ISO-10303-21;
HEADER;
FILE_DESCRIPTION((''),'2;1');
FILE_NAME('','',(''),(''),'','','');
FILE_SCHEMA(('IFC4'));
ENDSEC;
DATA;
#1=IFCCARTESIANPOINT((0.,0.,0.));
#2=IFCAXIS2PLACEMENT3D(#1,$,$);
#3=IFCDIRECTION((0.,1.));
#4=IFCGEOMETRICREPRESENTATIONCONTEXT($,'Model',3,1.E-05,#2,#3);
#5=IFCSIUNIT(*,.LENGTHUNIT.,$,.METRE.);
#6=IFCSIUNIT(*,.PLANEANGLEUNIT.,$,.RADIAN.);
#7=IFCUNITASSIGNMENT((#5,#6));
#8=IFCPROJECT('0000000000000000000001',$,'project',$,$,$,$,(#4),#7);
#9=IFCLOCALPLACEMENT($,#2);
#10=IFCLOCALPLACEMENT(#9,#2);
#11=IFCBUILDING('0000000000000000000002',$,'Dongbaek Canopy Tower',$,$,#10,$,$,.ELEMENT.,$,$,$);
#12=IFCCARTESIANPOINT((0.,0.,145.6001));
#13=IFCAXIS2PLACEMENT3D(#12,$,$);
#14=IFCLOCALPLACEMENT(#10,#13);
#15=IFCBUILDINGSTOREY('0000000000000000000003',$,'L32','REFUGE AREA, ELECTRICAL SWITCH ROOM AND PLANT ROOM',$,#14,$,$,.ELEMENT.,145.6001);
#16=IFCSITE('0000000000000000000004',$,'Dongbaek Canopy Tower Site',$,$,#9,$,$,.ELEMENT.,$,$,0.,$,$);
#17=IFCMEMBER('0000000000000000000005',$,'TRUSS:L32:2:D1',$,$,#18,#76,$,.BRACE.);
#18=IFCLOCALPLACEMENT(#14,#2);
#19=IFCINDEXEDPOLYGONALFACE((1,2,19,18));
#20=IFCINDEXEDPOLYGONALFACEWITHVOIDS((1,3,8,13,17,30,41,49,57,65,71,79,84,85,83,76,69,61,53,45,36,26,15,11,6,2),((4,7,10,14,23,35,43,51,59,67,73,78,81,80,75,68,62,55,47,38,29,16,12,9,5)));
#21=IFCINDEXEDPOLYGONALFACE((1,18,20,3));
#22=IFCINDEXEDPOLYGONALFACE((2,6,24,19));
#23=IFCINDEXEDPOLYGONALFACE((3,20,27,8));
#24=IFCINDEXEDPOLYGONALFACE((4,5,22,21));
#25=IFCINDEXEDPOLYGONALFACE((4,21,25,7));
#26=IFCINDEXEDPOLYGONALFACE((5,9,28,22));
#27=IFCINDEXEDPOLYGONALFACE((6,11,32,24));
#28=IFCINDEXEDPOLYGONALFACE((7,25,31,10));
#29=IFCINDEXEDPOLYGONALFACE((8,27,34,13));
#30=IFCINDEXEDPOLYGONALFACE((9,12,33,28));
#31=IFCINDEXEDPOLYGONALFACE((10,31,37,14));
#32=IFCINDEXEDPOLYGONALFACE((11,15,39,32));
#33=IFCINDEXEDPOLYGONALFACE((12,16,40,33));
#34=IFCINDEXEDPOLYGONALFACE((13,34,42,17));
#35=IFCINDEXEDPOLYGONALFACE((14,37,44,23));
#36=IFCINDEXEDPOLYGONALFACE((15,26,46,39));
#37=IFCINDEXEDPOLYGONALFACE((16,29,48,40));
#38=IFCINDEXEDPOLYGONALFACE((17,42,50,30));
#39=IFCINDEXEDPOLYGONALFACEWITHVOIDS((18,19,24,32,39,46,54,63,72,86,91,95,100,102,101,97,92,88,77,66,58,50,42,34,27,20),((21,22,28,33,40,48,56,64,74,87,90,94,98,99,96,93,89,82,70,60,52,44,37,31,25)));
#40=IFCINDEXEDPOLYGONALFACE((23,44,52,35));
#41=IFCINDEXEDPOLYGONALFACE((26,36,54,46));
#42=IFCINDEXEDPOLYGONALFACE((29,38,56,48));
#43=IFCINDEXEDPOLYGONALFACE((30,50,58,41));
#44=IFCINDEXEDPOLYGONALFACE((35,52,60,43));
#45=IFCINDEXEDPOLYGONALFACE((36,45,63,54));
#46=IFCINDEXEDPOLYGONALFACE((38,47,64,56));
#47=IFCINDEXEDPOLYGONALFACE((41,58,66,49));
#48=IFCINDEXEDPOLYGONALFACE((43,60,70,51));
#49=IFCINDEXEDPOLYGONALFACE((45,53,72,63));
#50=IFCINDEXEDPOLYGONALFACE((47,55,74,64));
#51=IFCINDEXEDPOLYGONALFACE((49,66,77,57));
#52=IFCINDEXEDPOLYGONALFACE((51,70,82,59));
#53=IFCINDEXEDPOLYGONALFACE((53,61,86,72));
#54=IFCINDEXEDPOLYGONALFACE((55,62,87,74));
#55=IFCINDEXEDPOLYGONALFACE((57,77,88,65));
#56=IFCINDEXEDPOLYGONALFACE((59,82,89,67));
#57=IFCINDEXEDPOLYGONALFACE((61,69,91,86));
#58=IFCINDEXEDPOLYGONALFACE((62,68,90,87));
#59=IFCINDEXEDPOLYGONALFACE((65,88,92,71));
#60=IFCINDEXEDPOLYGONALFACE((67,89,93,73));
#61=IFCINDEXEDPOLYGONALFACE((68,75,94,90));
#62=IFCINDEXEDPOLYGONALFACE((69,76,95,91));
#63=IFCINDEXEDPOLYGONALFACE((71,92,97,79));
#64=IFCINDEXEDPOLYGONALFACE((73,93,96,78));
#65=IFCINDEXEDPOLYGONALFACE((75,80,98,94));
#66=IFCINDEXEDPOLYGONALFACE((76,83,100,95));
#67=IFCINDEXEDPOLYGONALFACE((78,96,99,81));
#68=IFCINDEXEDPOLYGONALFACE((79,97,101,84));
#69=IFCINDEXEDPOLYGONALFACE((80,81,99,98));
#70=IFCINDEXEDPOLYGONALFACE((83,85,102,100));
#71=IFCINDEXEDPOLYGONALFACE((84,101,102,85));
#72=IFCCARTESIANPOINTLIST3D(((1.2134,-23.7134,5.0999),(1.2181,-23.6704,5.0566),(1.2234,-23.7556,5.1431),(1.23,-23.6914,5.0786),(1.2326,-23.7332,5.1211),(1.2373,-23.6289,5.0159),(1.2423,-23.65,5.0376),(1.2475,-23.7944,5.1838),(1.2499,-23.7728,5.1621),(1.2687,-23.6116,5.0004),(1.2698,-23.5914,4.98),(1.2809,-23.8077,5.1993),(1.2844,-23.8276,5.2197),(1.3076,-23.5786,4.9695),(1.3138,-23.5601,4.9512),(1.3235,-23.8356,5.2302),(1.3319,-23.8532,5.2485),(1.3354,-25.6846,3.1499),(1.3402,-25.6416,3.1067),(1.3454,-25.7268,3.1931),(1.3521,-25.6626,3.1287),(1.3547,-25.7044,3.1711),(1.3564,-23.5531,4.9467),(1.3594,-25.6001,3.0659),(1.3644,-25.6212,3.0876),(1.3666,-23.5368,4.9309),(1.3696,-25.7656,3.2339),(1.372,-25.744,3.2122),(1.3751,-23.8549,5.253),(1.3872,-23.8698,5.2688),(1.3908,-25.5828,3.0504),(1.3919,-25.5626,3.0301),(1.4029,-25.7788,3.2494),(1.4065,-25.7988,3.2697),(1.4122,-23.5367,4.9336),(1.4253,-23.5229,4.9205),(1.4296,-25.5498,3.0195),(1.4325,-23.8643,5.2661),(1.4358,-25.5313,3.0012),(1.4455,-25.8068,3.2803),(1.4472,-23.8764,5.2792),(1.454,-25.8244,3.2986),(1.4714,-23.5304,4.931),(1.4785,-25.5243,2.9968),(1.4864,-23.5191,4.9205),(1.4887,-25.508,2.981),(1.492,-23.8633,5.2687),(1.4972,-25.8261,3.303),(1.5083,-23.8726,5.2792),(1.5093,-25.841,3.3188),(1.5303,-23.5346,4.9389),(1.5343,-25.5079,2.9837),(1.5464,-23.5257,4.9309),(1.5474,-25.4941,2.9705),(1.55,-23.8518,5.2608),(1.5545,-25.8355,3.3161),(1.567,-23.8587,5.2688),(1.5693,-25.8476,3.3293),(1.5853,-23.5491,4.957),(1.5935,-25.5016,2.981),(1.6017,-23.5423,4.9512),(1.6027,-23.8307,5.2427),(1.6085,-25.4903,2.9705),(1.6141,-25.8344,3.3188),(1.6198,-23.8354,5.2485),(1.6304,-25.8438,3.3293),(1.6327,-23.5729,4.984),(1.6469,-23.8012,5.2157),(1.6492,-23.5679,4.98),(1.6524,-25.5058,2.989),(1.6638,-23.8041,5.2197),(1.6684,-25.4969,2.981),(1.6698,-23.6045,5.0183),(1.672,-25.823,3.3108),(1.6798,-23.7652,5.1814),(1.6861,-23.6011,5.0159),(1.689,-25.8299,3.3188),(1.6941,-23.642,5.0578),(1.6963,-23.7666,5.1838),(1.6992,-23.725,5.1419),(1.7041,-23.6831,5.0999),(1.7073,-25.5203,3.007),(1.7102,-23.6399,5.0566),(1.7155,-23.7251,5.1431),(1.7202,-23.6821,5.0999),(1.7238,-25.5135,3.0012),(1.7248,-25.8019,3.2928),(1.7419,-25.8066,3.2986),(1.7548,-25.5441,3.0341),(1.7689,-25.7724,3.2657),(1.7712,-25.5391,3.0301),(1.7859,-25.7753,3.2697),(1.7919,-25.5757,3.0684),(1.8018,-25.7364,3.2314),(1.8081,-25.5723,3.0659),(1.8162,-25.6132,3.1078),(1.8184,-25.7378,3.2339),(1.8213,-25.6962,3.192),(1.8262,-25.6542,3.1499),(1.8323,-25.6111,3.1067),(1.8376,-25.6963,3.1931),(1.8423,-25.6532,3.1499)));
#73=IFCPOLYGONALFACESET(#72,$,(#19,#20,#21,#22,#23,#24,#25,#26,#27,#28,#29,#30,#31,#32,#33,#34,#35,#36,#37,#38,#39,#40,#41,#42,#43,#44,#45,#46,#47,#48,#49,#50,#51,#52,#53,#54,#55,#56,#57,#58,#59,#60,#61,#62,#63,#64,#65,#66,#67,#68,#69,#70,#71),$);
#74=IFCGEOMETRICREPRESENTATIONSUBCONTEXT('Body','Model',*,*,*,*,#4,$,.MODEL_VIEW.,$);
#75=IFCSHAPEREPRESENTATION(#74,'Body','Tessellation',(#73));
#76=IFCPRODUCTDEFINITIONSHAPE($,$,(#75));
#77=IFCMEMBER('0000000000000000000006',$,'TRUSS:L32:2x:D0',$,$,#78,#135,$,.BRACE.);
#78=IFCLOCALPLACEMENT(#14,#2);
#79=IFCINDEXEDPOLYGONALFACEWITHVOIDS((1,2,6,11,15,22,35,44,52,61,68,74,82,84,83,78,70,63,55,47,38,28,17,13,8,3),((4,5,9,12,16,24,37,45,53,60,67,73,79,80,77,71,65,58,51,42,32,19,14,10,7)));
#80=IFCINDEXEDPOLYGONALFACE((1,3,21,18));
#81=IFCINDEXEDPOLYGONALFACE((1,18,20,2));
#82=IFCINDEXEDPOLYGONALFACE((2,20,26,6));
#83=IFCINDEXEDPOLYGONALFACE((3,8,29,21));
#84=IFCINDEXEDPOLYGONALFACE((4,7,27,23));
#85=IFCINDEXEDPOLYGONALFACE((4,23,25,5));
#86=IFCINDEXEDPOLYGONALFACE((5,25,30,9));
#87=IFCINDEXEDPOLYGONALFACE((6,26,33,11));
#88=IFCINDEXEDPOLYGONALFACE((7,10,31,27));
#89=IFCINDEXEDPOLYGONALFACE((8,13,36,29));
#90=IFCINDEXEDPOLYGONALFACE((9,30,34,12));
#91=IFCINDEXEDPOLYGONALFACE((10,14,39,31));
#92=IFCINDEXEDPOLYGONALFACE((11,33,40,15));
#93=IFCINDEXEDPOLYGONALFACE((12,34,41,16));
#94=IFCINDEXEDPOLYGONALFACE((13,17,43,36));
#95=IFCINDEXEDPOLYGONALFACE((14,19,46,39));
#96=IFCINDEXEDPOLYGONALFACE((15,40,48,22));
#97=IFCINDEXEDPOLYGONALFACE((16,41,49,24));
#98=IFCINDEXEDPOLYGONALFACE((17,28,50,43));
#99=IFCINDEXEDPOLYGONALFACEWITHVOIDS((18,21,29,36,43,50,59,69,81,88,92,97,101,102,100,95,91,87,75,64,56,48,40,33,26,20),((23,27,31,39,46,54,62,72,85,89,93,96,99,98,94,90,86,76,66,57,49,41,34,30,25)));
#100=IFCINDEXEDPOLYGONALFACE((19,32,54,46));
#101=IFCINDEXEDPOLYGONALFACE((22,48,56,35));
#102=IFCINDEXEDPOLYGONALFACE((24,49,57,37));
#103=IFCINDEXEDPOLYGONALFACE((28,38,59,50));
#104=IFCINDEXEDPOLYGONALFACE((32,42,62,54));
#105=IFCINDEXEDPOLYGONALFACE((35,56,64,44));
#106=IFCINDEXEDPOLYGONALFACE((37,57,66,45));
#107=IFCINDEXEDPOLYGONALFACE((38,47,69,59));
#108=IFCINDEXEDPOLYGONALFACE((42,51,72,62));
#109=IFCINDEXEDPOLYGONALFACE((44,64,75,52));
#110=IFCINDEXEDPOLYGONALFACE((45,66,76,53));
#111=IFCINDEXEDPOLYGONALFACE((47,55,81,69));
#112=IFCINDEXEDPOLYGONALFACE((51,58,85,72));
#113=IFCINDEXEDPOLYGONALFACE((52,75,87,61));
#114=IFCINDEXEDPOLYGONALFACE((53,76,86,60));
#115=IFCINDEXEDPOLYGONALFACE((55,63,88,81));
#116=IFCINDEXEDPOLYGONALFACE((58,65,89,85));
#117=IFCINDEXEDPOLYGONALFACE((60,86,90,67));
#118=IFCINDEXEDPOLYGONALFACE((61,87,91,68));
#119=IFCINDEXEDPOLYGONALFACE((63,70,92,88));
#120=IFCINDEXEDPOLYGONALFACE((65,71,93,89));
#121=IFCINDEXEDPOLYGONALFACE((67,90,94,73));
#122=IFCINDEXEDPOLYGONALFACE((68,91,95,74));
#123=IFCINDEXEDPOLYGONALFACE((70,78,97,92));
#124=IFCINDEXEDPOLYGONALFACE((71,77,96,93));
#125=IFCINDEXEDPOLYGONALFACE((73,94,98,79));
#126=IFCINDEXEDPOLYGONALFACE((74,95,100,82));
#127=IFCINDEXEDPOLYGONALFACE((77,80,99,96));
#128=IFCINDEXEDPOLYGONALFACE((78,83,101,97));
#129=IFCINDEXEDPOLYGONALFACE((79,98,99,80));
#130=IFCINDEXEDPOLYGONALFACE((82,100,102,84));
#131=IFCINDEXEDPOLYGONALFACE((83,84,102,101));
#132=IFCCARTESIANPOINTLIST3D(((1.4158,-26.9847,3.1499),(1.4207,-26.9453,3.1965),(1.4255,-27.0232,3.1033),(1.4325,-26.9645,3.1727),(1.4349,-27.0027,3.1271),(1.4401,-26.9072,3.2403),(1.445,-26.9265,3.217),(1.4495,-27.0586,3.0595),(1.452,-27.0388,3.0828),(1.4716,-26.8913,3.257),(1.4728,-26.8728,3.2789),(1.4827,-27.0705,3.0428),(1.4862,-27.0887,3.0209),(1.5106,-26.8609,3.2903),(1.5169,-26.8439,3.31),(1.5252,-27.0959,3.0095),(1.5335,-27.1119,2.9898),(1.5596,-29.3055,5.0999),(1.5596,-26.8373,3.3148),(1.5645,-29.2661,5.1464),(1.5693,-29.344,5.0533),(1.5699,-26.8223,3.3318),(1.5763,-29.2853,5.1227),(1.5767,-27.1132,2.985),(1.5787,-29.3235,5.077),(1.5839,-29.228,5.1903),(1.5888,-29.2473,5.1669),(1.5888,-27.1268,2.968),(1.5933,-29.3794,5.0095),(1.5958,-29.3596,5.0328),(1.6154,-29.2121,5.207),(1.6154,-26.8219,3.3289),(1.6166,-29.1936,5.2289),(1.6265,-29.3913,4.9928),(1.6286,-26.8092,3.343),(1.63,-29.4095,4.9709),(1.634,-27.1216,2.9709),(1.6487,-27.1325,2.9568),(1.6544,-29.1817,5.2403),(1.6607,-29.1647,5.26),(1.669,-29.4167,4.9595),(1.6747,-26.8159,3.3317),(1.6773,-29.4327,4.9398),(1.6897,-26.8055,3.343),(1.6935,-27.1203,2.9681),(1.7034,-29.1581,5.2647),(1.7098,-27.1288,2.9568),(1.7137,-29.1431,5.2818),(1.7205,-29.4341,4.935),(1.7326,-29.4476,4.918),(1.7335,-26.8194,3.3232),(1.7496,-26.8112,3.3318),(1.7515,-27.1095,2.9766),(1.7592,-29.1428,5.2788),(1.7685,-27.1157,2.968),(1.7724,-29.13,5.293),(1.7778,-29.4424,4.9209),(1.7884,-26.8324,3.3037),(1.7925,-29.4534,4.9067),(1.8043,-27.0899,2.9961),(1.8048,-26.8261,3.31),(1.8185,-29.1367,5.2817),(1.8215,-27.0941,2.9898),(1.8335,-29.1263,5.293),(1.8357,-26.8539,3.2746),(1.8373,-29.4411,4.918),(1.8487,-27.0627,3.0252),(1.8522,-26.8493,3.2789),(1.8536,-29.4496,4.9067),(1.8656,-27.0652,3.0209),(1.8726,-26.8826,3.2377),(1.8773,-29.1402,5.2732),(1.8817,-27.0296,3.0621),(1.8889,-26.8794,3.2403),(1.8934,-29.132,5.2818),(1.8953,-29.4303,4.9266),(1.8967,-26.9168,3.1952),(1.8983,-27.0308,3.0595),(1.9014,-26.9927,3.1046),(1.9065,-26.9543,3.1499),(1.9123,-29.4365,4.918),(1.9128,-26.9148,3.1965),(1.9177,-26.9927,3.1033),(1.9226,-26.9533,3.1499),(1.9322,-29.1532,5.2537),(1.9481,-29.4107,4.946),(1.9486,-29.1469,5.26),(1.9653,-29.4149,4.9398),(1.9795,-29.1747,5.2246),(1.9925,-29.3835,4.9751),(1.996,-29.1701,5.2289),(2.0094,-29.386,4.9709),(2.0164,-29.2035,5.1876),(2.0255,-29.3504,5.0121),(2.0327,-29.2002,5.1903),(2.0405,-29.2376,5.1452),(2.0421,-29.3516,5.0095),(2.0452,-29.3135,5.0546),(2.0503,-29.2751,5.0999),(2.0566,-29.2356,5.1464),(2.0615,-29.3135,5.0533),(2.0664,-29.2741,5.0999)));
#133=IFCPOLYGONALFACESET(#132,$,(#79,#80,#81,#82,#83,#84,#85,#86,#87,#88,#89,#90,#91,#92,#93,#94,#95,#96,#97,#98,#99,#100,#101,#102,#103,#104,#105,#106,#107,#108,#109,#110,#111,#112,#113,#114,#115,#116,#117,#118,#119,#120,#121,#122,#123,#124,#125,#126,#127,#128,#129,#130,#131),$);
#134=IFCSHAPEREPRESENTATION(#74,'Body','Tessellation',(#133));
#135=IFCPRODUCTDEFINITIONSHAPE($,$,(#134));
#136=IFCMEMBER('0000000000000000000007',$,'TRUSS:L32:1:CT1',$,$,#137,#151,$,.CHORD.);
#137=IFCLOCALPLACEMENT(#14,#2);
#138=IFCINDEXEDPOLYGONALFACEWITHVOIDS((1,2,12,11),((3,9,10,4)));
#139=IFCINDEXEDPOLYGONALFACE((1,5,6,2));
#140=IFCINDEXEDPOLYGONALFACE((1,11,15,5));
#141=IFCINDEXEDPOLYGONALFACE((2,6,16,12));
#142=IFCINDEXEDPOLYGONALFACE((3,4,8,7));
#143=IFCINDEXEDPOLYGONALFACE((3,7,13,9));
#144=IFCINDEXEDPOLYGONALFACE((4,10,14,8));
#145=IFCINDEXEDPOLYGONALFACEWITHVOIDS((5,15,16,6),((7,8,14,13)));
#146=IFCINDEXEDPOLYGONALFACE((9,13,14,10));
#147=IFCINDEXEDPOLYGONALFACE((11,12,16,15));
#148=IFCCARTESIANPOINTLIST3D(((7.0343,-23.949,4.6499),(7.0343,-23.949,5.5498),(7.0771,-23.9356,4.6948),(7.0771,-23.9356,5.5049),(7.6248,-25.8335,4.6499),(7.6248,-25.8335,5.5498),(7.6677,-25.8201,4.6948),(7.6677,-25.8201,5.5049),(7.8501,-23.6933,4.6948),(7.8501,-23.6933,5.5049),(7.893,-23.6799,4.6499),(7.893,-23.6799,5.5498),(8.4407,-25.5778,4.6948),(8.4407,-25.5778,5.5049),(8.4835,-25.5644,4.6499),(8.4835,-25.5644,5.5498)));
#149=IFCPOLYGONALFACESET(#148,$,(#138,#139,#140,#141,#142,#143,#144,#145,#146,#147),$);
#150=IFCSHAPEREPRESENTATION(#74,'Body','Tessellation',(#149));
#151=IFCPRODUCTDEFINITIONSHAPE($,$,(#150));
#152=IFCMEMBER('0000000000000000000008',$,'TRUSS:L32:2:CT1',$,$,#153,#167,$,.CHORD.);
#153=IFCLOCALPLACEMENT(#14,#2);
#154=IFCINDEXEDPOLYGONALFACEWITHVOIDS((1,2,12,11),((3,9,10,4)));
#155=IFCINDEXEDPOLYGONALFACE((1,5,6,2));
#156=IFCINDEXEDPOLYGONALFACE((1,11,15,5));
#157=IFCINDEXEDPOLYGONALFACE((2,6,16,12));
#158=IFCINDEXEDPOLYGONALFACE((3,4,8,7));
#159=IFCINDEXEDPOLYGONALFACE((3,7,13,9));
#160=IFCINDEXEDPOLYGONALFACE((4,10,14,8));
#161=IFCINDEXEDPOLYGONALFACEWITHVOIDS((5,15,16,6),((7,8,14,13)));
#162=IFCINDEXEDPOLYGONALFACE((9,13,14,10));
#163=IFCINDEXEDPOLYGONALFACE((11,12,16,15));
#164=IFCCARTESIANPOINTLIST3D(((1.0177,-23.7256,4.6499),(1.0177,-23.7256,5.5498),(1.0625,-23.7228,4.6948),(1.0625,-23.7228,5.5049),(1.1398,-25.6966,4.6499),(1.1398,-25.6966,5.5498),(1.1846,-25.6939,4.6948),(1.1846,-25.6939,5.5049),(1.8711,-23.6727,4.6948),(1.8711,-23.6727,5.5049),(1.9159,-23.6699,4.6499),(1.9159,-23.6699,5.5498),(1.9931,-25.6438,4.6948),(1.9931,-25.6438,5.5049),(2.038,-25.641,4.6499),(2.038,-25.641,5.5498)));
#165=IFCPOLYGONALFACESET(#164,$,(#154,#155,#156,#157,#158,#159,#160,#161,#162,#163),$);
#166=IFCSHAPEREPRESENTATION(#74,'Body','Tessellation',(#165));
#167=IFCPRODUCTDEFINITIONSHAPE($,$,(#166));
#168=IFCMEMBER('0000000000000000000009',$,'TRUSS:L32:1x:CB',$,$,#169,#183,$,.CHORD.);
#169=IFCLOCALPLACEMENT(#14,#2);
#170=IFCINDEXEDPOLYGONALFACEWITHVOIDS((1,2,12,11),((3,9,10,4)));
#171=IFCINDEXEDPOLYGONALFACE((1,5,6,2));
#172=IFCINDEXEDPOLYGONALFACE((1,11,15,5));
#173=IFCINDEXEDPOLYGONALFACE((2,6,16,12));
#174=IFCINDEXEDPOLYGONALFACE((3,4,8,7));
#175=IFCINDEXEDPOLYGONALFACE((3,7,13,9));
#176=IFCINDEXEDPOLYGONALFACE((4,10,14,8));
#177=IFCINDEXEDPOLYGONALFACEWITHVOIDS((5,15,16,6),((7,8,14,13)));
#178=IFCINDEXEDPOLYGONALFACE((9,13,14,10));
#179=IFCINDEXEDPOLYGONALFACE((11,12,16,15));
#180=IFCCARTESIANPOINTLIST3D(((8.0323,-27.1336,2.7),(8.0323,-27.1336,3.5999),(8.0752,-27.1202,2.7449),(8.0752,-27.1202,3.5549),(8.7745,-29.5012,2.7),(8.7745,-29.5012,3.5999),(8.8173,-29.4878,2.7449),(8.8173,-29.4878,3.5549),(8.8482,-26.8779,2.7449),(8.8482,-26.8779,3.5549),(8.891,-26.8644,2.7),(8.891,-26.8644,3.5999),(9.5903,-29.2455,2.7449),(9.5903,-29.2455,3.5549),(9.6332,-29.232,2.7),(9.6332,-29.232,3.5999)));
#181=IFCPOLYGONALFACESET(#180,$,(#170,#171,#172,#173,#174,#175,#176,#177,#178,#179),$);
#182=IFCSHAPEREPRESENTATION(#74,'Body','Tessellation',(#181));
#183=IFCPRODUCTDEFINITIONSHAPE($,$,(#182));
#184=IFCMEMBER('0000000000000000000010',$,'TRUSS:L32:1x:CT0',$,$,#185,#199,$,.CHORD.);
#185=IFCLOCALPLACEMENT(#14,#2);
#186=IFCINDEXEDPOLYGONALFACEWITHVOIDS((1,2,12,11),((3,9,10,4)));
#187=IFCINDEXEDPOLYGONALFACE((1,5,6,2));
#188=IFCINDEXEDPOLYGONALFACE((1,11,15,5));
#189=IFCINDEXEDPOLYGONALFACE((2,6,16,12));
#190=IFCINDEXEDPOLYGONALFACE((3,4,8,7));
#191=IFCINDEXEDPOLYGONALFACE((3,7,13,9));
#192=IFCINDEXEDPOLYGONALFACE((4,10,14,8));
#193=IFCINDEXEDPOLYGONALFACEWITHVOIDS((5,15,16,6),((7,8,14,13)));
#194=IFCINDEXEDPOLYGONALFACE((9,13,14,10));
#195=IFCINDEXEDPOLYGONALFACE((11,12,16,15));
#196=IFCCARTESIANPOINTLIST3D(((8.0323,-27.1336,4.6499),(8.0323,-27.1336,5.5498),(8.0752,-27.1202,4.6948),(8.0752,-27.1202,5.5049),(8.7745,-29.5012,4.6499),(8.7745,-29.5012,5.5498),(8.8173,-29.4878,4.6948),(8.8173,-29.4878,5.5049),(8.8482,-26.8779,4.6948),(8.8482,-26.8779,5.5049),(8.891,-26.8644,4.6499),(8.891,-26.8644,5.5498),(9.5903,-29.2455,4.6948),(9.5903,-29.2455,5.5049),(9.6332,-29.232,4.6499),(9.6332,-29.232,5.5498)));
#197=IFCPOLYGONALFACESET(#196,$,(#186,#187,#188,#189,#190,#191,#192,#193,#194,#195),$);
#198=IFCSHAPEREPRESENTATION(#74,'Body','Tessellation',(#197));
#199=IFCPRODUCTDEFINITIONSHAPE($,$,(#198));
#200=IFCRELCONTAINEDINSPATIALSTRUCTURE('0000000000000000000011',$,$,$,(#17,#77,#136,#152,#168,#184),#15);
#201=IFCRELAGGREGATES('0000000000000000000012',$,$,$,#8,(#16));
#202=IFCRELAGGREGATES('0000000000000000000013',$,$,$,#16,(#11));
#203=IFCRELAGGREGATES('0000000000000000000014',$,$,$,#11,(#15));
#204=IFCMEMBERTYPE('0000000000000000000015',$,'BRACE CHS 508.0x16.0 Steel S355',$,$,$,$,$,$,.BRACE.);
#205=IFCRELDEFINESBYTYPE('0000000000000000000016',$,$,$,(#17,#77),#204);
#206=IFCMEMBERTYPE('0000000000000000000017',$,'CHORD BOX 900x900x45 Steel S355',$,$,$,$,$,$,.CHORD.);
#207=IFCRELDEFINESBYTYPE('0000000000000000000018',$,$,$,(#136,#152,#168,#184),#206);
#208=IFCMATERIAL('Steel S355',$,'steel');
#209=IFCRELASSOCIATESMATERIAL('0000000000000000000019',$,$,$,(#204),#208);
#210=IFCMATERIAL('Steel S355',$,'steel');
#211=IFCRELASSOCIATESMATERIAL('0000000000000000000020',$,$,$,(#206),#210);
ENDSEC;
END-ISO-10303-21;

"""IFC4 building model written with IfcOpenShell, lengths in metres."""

from ifc_helpers import new_model, si_unit, direction, frame, origin, origin_2d, place, context, subcontext, project, spatial, hollow_rectangle, hollow_circle, extrude, material, material_profile, profile_set, type_object, element, save


model = new_model("IFC4")

# Units and contexts
model_context = context("Model", 3, precision=1e-05, world=origin(), true_north=direction((0.0, 1.0)))
body_context = subcontext(model_context, "Body", "Model", "MODEL_VIEW")
ifc_project = project(units=[si_unit("LENGTHUNIT", "METRE"), si_unit("PLANEANGLEUNIT", "RADIAN")], contexts=[model_context])

# Site, building, storey
site_placement = place(None, origin())
site = spatial("IfcSite", under=ifc_project, at=site_placement, Name="Dongbaek Canopy Tower Site", CompositionType="ELEMENT", RefElevation=0.0)
building_placement = place(site_placement, origin())
building = spatial("IfcBuilding", under=site, at=building_placement, Name="Dongbaek Canopy Tower", CompositionType="ELEMENT")
storey_placement = place(building_placement, frame((0.0, 0.0, 145.6001)))
storey = spatial("IfcBuildingStorey", under=building, at=storey_placement, Name="L32", Description="REFUGE AREA, ELECTRICAL SWITCH ROOM AND PLANT ROOM", CompositionType="ELEMENT", Elevation=145.6001)

# Members
ifc_material_1 = material(Name="Steel S355", Category="steel")
ifc_material_profile_1 = material_profile(ifc_material_1, hollow_circle(Radius=0.2539, WallThickness=0.0161, at=origin_2d()), Name="BRACE CHS 508.0x16.0 Steel S355")
ifc_profile_set_1 = profile_set([ifc_material_profile_1], Name="Steel S355")
member_type_1 = type_object("IfcMemberType", Name="BRACE CHS 508.0x16.0 Steel S355", PredefinedType="BRACE", material=ifc_profile_set_1)
for number, where, z_axis, x_axis, name in (
    (1, (1.4668, -23.6978, 5.0999), (0.043983, -0.710239, -0.702586), (0.998088, 0.061809, 0.0), "TRUSS:L32:2:D1"),
):
    element("IfcMember", number, at=place(storey_placement, frame(where, z_axis=z_axis, x_axis=x_axis)), inside=storey, type_object=member_type_1, Name=name, PredefinedType="BRACE", context=body_context, shape_type="SweptSolid", body=[
        extrude(hollow_circle(Radius=0.2539, WallThickness=0.0161, at=origin_2d()), origin(), (0.0, 0.0, 1.0), 2.7754),
    ])
member_1_placement = place(storey_placement, frame((1.6692, -26.969, 3.1499), z_axis=(0.047386, -0.764767, 0.642562), x_axis=(0.998086, 0.061842, 0.0)))
element("IfcMember", 2, at=member_1_placement, inside=storey, type_object=member_type_1, Name="TRUSS:L32:2x:D0", PredefinedType="BRACE", context=body_context, shape_type="SweptSolid", body=[
    extrude(hollow_circle(Radius=0.2539, WallThickness=0.0161, at=origin_2d()), origin(), (0.0, 0.0, 1.0), 3.0347),
])
ifc_material_2 = material(Name="Steel S355", Category="steel")
ifc_material_profile_2 = material_profile(ifc_material_2, hollow_rectangle(XDim=0.8999, YDim=0.8999, WallThickness=0.0449, at=origin_2d()), Name="CHORD BOX 900x900x45 Steel S355")
ifc_profile_set_2 = profile_set([ifc_material_profile_2], Name="Steel S355")
member_type_2 = type_object("IfcMemberType", Name="CHORD BOX 900x900x45 Steel S355", PredefinedType="CHORD", material=ifc_profile_set_2)
for number, where, z_axis, x_axis, name in (
    (3, (7.4636, -23.8145, 5.0999), (0.299042, -0.95424, 0.0), (0.95424, 0.299042, 0.0), "TRUSS:L32:1:CT1"),
    (4, (1.4668, -23.6978, 5.0999), (0.061809, -0.998088, 0.0), (0.998088, 0.061809, 0.0), "TRUSS:L32:2:CT1"),
):
    element("IfcMember", number, at=place(storey_placement, frame(where, z_axis=z_axis, x_axis=x_axis)), inside=storey, type_object=member_type_2, Name=name, PredefinedType="CHORD", context=body_context, shape_type="SweptSolid", body=[
        extrude(hollow_rectangle(XDim=0.8999, YDim=0.8999, WallThickness=0.0449, at=origin_2d()), origin(), (0.0, 0.0, 1.0), 1.9749),
    ])
for number, where, z_axis, x_axis, name in (
    (5, (8.4617, -26.999, 3.1499), (0.299115, -0.954217, 0.0), (0.954217, 0.299115, 0.0), "TRUSS:L32:1x:CB"),
    (6, (8.4617, -26.999, 5.0999), (0.299115, -0.954217, 0.0), (0.954217, 0.299115, 0.0), "TRUSS:L32:1x:CT0"),
):
    element("IfcMember", number, at=place(storey_placement, frame(where, z_axis=z_axis, x_axis=x_axis)), inside=storey, type_object=member_type_2, Name=name, PredefinedType="CHORD", context=body_context, shape_type="SweptSolid", body=[
        extrude(hollow_rectangle(XDim=0.8999, YDim=0.8999, WallThickness=0.0449, at=origin_2d()), origin(), (0.0, 0.0, 1.0), 2.4812),
    ])

save(model, "model.ifc")
